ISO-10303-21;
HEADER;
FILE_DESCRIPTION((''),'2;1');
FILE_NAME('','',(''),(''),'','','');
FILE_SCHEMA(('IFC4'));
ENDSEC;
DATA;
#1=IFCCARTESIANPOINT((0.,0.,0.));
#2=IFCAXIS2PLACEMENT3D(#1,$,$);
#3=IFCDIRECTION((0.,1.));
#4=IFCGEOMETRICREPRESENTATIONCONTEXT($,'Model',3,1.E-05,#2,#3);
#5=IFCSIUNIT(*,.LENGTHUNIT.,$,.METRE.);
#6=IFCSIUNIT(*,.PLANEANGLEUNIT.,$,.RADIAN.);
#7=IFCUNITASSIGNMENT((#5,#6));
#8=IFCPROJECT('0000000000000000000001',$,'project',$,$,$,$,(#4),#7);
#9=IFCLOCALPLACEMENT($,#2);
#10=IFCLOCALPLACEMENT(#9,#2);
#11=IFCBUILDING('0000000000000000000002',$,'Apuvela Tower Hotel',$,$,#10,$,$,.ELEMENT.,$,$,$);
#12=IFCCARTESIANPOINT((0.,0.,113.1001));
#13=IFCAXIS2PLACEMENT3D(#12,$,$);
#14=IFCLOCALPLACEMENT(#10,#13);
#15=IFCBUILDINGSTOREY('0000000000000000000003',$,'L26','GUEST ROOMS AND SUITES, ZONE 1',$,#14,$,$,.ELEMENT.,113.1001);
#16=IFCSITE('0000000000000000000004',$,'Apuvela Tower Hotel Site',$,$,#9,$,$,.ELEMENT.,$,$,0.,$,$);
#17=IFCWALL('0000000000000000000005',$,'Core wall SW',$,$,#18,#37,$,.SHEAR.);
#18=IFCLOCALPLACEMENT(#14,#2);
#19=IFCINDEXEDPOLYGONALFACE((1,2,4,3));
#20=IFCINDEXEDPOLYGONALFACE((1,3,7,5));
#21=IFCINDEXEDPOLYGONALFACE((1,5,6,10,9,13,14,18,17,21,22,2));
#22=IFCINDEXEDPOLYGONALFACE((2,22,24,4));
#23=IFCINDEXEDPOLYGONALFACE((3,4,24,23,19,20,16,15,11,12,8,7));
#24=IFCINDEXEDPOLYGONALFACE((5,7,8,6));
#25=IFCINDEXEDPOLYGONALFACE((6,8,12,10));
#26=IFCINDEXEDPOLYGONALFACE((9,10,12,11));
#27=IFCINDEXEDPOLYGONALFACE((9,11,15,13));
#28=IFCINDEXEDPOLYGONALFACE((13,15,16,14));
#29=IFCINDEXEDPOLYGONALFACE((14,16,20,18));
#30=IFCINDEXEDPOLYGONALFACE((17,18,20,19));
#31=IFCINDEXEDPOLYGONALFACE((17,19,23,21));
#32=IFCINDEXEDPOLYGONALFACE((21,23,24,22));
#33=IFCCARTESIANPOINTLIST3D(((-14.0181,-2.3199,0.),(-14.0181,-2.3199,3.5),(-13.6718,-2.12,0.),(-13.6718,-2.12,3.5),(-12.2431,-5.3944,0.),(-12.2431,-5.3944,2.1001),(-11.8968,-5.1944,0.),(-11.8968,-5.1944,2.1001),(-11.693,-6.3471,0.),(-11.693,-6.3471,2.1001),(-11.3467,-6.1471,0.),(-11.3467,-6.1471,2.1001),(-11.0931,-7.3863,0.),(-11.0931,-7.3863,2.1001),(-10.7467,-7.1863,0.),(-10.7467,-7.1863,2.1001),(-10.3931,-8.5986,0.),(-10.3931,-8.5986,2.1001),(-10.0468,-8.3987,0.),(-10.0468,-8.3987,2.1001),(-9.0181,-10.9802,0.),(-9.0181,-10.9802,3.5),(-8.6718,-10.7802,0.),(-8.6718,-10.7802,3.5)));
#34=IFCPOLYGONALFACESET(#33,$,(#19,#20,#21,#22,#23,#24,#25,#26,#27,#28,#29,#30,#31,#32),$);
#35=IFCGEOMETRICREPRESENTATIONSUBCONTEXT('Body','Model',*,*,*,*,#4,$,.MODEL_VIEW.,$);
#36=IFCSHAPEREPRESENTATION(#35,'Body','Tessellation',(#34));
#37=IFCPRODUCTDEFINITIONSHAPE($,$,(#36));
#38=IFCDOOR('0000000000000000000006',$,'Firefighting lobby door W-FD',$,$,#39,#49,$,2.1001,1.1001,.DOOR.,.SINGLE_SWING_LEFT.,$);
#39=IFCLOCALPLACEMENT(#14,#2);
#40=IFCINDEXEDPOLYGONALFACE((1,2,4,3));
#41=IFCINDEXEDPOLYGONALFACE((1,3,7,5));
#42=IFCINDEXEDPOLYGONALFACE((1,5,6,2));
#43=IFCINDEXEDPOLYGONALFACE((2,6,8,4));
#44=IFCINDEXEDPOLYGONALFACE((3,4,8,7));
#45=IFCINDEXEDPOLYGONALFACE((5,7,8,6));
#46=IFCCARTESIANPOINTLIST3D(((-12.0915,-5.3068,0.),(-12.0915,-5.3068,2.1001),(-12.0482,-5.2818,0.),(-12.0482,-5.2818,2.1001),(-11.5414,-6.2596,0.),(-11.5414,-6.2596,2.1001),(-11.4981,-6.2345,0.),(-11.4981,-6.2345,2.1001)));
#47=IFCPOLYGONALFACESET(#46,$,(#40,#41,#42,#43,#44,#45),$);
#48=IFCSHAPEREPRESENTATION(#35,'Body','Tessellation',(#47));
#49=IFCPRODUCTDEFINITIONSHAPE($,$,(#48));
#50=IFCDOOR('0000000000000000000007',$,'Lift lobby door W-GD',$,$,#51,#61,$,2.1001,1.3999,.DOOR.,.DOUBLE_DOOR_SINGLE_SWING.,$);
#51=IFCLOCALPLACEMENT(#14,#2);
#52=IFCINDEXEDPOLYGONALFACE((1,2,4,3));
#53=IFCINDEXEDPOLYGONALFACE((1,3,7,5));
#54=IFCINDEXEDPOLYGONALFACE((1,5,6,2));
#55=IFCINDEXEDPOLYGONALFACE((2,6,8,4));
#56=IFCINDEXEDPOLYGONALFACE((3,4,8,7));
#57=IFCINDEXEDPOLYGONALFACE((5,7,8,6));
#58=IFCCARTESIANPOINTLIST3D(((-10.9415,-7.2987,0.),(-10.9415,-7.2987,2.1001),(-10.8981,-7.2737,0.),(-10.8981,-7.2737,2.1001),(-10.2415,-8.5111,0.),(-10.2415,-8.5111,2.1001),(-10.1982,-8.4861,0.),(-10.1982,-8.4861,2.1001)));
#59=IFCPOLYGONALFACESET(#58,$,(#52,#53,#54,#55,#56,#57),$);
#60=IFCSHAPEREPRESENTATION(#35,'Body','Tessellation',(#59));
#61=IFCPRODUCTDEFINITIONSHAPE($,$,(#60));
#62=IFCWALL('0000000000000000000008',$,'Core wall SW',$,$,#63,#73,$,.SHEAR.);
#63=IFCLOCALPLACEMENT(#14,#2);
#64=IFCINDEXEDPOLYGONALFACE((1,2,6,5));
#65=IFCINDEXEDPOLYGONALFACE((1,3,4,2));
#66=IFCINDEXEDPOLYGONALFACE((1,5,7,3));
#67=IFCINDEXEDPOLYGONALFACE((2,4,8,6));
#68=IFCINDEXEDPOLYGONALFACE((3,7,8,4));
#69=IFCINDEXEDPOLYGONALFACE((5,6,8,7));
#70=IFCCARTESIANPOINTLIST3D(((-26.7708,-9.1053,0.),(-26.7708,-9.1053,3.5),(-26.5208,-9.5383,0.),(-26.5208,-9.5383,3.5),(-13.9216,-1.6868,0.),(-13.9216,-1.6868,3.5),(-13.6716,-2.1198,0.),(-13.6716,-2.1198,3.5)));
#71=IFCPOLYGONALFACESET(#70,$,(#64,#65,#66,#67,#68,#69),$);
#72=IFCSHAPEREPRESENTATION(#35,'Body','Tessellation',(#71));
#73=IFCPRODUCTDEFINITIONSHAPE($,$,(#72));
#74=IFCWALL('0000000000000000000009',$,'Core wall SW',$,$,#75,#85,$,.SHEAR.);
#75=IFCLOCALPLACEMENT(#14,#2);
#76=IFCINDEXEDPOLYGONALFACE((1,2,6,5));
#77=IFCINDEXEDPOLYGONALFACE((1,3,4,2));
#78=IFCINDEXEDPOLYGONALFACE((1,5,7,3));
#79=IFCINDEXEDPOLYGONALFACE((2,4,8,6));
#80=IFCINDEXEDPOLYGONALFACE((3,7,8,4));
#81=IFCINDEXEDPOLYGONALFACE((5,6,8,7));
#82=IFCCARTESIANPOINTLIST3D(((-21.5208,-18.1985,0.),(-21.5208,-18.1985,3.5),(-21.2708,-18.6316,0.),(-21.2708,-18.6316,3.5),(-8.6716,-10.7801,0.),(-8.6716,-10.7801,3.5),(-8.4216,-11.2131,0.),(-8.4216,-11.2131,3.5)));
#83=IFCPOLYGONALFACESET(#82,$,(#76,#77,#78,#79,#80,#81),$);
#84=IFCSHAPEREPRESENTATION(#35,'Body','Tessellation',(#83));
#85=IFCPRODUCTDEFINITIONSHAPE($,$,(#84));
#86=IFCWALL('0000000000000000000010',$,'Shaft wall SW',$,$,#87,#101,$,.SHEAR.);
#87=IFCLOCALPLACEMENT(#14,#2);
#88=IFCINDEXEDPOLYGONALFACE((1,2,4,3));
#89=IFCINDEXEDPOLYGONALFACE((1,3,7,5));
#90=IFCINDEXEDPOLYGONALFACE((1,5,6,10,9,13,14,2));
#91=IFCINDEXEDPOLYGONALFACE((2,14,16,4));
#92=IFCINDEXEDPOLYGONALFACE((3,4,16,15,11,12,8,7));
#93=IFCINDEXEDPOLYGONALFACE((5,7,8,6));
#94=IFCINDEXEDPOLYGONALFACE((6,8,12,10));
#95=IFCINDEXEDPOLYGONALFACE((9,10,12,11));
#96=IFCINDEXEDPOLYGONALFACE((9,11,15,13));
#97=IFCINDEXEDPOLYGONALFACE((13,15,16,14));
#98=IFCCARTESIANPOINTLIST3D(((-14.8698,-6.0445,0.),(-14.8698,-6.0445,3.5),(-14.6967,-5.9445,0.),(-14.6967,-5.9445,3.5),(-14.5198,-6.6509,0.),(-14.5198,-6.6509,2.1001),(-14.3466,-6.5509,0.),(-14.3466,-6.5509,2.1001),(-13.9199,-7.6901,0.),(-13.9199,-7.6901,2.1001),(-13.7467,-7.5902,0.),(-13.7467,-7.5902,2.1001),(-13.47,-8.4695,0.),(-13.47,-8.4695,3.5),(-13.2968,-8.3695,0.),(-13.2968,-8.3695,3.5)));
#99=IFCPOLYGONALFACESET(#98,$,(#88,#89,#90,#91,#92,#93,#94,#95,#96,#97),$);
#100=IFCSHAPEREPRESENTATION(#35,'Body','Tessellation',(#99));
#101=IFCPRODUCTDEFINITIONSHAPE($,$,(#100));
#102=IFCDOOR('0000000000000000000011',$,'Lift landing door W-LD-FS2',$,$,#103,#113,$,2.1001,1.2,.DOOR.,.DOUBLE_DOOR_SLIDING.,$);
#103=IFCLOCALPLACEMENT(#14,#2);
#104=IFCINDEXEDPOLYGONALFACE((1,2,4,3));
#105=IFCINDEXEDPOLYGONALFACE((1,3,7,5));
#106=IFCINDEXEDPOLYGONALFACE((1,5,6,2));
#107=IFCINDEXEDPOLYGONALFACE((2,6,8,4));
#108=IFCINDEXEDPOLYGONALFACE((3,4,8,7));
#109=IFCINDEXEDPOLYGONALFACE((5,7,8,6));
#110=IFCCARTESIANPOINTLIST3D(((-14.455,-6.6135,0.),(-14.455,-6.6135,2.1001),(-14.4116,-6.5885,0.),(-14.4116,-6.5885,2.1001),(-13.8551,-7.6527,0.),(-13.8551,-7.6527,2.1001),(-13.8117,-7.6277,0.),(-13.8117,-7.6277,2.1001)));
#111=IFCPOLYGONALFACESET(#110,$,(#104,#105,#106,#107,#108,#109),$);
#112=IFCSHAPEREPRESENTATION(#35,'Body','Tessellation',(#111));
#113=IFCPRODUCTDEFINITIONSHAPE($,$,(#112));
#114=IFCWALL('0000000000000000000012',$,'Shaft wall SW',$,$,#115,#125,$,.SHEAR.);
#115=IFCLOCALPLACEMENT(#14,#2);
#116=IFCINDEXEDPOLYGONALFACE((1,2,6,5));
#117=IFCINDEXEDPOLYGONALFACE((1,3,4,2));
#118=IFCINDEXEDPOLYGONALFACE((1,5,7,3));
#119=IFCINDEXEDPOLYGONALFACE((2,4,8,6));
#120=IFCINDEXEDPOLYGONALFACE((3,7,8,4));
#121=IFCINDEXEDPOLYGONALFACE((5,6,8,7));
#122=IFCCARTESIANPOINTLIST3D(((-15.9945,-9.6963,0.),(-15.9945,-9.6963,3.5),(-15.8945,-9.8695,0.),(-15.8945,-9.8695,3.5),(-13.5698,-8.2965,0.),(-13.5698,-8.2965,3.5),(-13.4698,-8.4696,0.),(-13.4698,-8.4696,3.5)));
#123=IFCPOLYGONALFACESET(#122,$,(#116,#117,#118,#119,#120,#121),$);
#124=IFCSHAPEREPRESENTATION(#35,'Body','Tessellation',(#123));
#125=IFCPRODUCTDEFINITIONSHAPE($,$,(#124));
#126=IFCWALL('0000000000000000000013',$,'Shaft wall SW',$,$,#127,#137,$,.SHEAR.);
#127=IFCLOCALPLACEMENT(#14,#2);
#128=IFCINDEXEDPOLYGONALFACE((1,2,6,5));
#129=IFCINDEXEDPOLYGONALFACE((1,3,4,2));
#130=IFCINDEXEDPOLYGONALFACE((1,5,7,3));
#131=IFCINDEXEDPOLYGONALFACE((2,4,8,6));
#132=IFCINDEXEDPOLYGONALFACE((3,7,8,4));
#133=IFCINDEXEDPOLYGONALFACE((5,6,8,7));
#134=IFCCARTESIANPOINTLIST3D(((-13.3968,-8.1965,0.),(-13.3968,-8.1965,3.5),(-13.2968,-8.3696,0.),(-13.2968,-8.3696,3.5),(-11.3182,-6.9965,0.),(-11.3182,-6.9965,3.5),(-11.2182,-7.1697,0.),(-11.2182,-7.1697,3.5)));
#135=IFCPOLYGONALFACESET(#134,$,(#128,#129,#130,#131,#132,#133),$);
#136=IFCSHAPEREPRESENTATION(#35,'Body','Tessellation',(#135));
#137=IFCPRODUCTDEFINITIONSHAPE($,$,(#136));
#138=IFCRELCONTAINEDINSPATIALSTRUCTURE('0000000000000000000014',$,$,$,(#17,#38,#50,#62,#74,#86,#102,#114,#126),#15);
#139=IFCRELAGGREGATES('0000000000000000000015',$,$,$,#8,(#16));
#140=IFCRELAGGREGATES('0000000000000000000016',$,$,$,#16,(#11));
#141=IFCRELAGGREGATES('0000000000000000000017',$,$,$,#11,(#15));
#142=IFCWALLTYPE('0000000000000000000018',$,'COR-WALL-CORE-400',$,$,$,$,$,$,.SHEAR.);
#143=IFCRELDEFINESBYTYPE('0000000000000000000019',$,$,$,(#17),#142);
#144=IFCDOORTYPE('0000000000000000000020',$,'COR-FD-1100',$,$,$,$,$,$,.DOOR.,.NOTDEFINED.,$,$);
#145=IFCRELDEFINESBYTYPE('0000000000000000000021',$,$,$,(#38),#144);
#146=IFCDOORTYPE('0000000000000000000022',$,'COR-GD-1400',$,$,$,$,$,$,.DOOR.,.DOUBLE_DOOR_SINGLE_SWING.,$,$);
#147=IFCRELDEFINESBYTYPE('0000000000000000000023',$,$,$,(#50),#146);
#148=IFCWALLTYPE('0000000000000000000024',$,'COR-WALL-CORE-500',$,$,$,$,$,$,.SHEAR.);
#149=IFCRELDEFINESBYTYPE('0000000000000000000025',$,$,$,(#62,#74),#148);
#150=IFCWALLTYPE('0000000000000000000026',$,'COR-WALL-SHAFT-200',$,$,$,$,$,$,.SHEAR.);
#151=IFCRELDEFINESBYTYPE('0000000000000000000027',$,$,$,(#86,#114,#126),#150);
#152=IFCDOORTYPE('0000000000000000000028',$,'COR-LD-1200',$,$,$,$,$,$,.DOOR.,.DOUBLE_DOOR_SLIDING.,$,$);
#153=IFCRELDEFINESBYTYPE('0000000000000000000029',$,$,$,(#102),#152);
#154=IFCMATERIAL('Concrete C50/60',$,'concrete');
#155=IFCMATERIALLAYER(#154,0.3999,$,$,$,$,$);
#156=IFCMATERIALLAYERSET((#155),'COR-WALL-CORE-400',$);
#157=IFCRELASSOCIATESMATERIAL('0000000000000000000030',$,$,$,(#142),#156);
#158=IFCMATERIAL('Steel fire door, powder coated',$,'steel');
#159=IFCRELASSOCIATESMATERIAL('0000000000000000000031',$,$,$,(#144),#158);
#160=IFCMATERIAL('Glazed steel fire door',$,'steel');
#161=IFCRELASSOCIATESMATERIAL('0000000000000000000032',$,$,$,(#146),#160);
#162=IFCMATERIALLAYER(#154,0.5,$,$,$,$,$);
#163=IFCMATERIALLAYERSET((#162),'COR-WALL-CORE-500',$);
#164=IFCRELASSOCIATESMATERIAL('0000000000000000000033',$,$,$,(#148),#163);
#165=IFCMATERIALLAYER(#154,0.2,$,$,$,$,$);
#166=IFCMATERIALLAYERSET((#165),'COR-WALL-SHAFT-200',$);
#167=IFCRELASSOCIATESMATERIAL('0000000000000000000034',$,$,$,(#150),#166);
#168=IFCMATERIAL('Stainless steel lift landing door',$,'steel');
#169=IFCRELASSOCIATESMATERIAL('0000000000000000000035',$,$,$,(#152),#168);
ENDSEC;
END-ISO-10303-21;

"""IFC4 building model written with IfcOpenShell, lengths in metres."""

from ifc_helpers import new_model, si_unit, direction, frame, frame_2d, origin, place, context, subcontext, project, spatial, rectangle, extrude, material, layer, layer_set, type_object, element, fill, save


model = new_model("IFC4")

# Units and contexts
model_context = context("Model", 3, precision=1e-05, world=origin(), true_north=direction((0.0, 1.0)))
body_context = subcontext(model_context, "Body", "Model", "MODEL_VIEW")
ifc_project = project(units=[si_unit("LENGTHUNIT", "METRE"), si_unit("PLANEANGLEUNIT", "RADIAN")], contexts=[model_context])

# Site, building, storey
site_placement = place(None, origin())
site = spatial("IfcSite", under=ifc_project, at=site_placement, Name="Apuvela Tower Hotel Site", CompositionType="ELEMENT", RefElevation=0.0)
building_placement = place(site_placement, origin())
building = spatial("IfcBuilding", under=site, at=building_placement, Name="Apuvela Tower Hotel", CompositionType="ELEMENT")
storey_placement = place(building_placement, frame((0.0, 0.0, 113.1001)))
storey = spatial("IfcBuildingStorey", under=building, at=storey_placement, Name="L26", Description="GUEST ROOMS AND SUITES, ZONE 1", CompositionType="ELEMENT", Elevation=113.1001)

# Wall, openings, doors
ifc_material_1 = material(Name="Concrete C50/60", Category="concrete")
ifc_layer_1 = layer(ifc_material_1, 0.3999)
ifc_layer_set_1 = layer_set([ifc_layer_1], Name="COR-WALL-CORE-400")
wall_type_1 = type_object("IfcWallType", Name="COR-WALL-CORE-400", PredefinedType="SHEAR", material=ifc_layer_set_1)
wall_1_placement = place(storey_placement, frame((-13.845, -2.22, 0.0), z_axis=(0.0, 0.0, 1.0), x_axis=(0.500004, -0.866023, 0.0)))
wall_1 = element("IfcWall", 1, at=wall_1_placement, inside=storey, type_object=wall_type_1, Name="Core wall SW", PredefinedType="SHEAR", context=body_context, shape_type="SweptSolid", body=[
    extrude(rectangle(XDim=10.0, YDim=0.3999, at=frame_2d((5.0, 0.0))), origin(), (0.0, 0.0, 1.0), 3.5),
])
opening_1_placement = place(wall_1_placement, frame((3.55, 0.0, 0.0)))
opening_1 = element("IfcOpeningElement", 2, at=opening_1_placement, cuts=wall_1, PredefinedType="OPENING", context=body_context, shape_type="SweptSolid", body=[
    extrude(rectangle(XDim=1.1001, YDim=2.1001, at=frame_2d((0.55, 1.05))), frame((0.0, 0.21, 0.0), z_axis=(0.0, -1.0, 0.0), x_axis=(1.0, 0.0, 0.0)), (0.0, 0.0, 1.0), 0.4199),
])
opening_2_placement = place(wall_1_placement, frame((5.8501, 0.0, 0.0)))
opening_2 = element("IfcOpeningElement", 3, at=opening_2_placement, cuts=wall_1, PredefinedType="OPENING", context=body_context, shape_type="SweptSolid", body=[
    extrude(rectangle(XDim=1.3999, YDim=2.1001, at=frame_2d((0.7, 1.05))), frame((0.0, 0.21, 0.0), z_axis=(0.0, -1.0, 0.0), x_axis=(1.0, 0.0, 0.0)), (0.0, 0.0, 1.0), 0.4199),
])
ifc_material_2 = material(Name="Steel fire door, powder coated", Category="steel")
door_type_1 = type_object("IfcDoorType", Name="COR-FD-1100", OperationType="NOTDEFINED", PredefinedType="DOOR", material=ifc_material_2)
door_1_placement = place(opening_1_placement, frame((1.1001, 0.0, 0.0), z_axis=(0.0, 0.0, 1.0), x_axis=(-1.0, 0.0, 0.0)))
door_1 = element("IfcDoor", 4, at=door_1_placement, inside=storey, type_object=door_type_1, Name="Firefighting lobby door W-FD", OperationType="SINGLE_SWING_LEFT", OverallHeight=2.1001, OverallWidth=1.1001, PredefinedType="DOOR", context=body_context, shape_type="SweptSolid", body=[
    extrude(rectangle(XDim=1.1001, YDim=2.1001, at=frame_2d((0.55, 1.05))), frame((0.0, 0.0249, 0.0), z_axis=(0.0, -1.0, 0.0), x_axis=(1.0, 0.0, 0.0)), (0.0, 0.0, 1.0), 0.05),
])
fill(opening_1, door_1)
ifc_material_3 = material(Name="Glazed steel fire door", Category="steel")
door_type_2 = type_object("IfcDoorType", Name="COR-GD-1400", OperationType="DOUBLE_DOOR_SINGLE_SWING", PredefinedType="DOOR", material=ifc_material_3)
door_2_placement = place(opening_2_placement, frame((1.3999, 0.0, 0.0), z_axis=(0.0, 0.0, 1.0), x_axis=(-1.0, 0.0, 0.0)))
door_2 = element("IfcDoor", 5, at=door_2_placement, inside=storey, type_object=door_type_2, Name="Lift lobby door W-GD", OperationType="DOUBLE_DOOR_SINGLE_SWING", OverallHeight=2.1001, OverallWidth=1.3999, PredefinedType="DOOR", context=body_context, shape_type="SweptSolid", body=[
    extrude(rectangle(XDim=1.3999, YDim=2.1001, at=frame_2d((0.7, 1.05))), frame((0.0, 0.0249, 0.0), z_axis=(0.0, -1.0, 0.0), x_axis=(1.0, 0.0, 0.0)), (0.0, 0.0, 1.0), 0.05),
])
fill(opening_2, door_2)

# Walls
ifc_layer_2 = layer(ifc_material_1, 0.5)
ifc_layer_set_2 = layer_set([ifc_layer_2], Name="COR-WALL-CORE-500")
wall_type_2 = type_object("IfcWallType", Name="COR-WALL-CORE-500", PredefinedType="SHEAR", material=ifc_layer_set_2)
for number, where, z_axis, x_axis, name in (
    (6, (-13.7966, -1.9033, 0.0), (0.0, 0.0, 1.0), (-0.866025, -0.500001, 0.0), "Core wall SW"),
    (7, (-8.5466, -10.9966, 0.0), (0.0, 0.0, 1.0), (-0.866025, -0.500001, 0.0), "Core wall SW"),
):
    element("IfcWall", number, at=place(storey_placement, frame(where, z_axis=z_axis, x_axis=x_axis)), inside=storey, type_object=wall_type_2, Name=name, PredefinedType="SHEAR", context=body_context, shape_type="SweptSolid", body=[
        extrude(rectangle(XDim=14.8369, YDim=0.5, at=frame_2d((7.4185, 0.0))), origin(), (0.0, 0.0, 1.0), 3.5),
    ])

# Wall, opening, door
ifc_layer_3 = layer(ifc_material_1, 0.2)
ifc_layer_set_3 = layer_set([ifc_layer_3], Name="COR-WALL-SHAFT-200")
wall_type_3 = type_object("IfcWallType", Name="COR-WALL-SHAFT-200", PredefinedType="SHEAR", material=ifc_layer_set_3)
wall_2_placement = place(storey_placement, frame((-14.7832, -5.9946, 0.0), z_axis=(0.0, 0.0, 1.0), x_axis=(0.499946, -0.866056, 0.0)))
wall_2 = element("IfcWall", 8, at=wall_2_placement, inside=storey, type_object=wall_type_3, Name="Shaft wall SW", PredefinedType="SHEAR", context=body_context, shape_type="SweptSolid", body=[
    extrude(rectangle(XDim=2.8, YDim=0.2, at=frame_2d((1.3999, 0.0))), origin(), (0.0, 0.0, 1.0), 3.5),
])
opening_3_placement = place(wall_2_placement, frame((0.7, 0.0, 0.0)))
opening_3 = element("IfcOpeningElement", 9, at=opening_3_placement, cuts=wall_2, PredefinedType="OPENING", context=body_context, shape_type="SweptSolid", body=[
    extrude(rectangle(XDim=1.2, YDim=2.1001, at=frame_2d((0.6001, 1.05))), frame((0.0, 0.1099, 0.0), z_axis=(0.0, -1.0, 0.0), x_axis=(1.0, 0.0, 0.0)), (0.0, 0.0, 1.0), 0.22),
])
ifc_material_4 = material(Name="Stainless steel lift landing door", Category="steel")
door_type_3 = type_object("IfcDoorType", Name="COR-LD-1200", OperationType="DOUBLE_DOOR_SLIDING", PredefinedType="DOOR", material=ifc_material_4)
door_3_placement = place(opening_3_placement, origin())
door_3 = element("IfcDoor", 10, at=door_3_placement, inside=storey, type_object=door_type_3, Name="Lift landing door W-LD-FS2", OperationType="DOUBLE_DOOR_SLIDING", OverallHeight=2.1001, OverallWidth=1.2, PredefinedType="DOOR", context=body_context, shape_type="SweptSolid", body=[
    extrude(rectangle(XDim=1.2, YDim=2.1001, at=frame_2d((0.6001, 1.05))), frame((0.0, 0.0249, 0.0), z_axis=(0.0, -1.0, 0.0), x_axis=(1.0, 0.0, 0.0)), (0.0, 0.0, 1.0), 0.05),
])
fill(opening_3, door_3)

# Walls
wall_3_placement = place(storey_placement, frame((-13.5198, -8.3831, 0.0), z_axis=(0.0, 0.0, 1.0), x_axis=(-0.866035, -0.499984, 0.0)))
element("IfcWall", 11, at=wall_3_placement, inside=storey, type_object=wall_type_3, Name="Shaft wall SW", PredefinedType="SHEAR", context=body_context, shape_type="SweptSolid", body=[
    extrude(rectangle(XDim=2.7998, YDim=0.2, at=frame_2d((1.3999, 0.0))), origin(), (0.0, 0.0, 1.0), 3.5),
])
wall_4_placement = place(storey_placement, frame((-11.2681, -7.083, 0.0), z_axis=(0.0, 0.0, 1.0), x_axis=(-0.86605, -0.499957, 0.0)))
element("IfcWall", 12, at=wall_4_placement, inside=storey, type_object=wall_type_3, Name="Shaft wall SW", PredefinedType="SHEAR", context=body_context, shape_type="SweptSolid", body=[
    extrude(rectangle(XDim=2.4001, YDim=0.2, at=frame_2d((1.2002, 0.0))), origin(), (0.0, 0.0, 1.0), 3.5),
])

save(model, "model.ifc")
